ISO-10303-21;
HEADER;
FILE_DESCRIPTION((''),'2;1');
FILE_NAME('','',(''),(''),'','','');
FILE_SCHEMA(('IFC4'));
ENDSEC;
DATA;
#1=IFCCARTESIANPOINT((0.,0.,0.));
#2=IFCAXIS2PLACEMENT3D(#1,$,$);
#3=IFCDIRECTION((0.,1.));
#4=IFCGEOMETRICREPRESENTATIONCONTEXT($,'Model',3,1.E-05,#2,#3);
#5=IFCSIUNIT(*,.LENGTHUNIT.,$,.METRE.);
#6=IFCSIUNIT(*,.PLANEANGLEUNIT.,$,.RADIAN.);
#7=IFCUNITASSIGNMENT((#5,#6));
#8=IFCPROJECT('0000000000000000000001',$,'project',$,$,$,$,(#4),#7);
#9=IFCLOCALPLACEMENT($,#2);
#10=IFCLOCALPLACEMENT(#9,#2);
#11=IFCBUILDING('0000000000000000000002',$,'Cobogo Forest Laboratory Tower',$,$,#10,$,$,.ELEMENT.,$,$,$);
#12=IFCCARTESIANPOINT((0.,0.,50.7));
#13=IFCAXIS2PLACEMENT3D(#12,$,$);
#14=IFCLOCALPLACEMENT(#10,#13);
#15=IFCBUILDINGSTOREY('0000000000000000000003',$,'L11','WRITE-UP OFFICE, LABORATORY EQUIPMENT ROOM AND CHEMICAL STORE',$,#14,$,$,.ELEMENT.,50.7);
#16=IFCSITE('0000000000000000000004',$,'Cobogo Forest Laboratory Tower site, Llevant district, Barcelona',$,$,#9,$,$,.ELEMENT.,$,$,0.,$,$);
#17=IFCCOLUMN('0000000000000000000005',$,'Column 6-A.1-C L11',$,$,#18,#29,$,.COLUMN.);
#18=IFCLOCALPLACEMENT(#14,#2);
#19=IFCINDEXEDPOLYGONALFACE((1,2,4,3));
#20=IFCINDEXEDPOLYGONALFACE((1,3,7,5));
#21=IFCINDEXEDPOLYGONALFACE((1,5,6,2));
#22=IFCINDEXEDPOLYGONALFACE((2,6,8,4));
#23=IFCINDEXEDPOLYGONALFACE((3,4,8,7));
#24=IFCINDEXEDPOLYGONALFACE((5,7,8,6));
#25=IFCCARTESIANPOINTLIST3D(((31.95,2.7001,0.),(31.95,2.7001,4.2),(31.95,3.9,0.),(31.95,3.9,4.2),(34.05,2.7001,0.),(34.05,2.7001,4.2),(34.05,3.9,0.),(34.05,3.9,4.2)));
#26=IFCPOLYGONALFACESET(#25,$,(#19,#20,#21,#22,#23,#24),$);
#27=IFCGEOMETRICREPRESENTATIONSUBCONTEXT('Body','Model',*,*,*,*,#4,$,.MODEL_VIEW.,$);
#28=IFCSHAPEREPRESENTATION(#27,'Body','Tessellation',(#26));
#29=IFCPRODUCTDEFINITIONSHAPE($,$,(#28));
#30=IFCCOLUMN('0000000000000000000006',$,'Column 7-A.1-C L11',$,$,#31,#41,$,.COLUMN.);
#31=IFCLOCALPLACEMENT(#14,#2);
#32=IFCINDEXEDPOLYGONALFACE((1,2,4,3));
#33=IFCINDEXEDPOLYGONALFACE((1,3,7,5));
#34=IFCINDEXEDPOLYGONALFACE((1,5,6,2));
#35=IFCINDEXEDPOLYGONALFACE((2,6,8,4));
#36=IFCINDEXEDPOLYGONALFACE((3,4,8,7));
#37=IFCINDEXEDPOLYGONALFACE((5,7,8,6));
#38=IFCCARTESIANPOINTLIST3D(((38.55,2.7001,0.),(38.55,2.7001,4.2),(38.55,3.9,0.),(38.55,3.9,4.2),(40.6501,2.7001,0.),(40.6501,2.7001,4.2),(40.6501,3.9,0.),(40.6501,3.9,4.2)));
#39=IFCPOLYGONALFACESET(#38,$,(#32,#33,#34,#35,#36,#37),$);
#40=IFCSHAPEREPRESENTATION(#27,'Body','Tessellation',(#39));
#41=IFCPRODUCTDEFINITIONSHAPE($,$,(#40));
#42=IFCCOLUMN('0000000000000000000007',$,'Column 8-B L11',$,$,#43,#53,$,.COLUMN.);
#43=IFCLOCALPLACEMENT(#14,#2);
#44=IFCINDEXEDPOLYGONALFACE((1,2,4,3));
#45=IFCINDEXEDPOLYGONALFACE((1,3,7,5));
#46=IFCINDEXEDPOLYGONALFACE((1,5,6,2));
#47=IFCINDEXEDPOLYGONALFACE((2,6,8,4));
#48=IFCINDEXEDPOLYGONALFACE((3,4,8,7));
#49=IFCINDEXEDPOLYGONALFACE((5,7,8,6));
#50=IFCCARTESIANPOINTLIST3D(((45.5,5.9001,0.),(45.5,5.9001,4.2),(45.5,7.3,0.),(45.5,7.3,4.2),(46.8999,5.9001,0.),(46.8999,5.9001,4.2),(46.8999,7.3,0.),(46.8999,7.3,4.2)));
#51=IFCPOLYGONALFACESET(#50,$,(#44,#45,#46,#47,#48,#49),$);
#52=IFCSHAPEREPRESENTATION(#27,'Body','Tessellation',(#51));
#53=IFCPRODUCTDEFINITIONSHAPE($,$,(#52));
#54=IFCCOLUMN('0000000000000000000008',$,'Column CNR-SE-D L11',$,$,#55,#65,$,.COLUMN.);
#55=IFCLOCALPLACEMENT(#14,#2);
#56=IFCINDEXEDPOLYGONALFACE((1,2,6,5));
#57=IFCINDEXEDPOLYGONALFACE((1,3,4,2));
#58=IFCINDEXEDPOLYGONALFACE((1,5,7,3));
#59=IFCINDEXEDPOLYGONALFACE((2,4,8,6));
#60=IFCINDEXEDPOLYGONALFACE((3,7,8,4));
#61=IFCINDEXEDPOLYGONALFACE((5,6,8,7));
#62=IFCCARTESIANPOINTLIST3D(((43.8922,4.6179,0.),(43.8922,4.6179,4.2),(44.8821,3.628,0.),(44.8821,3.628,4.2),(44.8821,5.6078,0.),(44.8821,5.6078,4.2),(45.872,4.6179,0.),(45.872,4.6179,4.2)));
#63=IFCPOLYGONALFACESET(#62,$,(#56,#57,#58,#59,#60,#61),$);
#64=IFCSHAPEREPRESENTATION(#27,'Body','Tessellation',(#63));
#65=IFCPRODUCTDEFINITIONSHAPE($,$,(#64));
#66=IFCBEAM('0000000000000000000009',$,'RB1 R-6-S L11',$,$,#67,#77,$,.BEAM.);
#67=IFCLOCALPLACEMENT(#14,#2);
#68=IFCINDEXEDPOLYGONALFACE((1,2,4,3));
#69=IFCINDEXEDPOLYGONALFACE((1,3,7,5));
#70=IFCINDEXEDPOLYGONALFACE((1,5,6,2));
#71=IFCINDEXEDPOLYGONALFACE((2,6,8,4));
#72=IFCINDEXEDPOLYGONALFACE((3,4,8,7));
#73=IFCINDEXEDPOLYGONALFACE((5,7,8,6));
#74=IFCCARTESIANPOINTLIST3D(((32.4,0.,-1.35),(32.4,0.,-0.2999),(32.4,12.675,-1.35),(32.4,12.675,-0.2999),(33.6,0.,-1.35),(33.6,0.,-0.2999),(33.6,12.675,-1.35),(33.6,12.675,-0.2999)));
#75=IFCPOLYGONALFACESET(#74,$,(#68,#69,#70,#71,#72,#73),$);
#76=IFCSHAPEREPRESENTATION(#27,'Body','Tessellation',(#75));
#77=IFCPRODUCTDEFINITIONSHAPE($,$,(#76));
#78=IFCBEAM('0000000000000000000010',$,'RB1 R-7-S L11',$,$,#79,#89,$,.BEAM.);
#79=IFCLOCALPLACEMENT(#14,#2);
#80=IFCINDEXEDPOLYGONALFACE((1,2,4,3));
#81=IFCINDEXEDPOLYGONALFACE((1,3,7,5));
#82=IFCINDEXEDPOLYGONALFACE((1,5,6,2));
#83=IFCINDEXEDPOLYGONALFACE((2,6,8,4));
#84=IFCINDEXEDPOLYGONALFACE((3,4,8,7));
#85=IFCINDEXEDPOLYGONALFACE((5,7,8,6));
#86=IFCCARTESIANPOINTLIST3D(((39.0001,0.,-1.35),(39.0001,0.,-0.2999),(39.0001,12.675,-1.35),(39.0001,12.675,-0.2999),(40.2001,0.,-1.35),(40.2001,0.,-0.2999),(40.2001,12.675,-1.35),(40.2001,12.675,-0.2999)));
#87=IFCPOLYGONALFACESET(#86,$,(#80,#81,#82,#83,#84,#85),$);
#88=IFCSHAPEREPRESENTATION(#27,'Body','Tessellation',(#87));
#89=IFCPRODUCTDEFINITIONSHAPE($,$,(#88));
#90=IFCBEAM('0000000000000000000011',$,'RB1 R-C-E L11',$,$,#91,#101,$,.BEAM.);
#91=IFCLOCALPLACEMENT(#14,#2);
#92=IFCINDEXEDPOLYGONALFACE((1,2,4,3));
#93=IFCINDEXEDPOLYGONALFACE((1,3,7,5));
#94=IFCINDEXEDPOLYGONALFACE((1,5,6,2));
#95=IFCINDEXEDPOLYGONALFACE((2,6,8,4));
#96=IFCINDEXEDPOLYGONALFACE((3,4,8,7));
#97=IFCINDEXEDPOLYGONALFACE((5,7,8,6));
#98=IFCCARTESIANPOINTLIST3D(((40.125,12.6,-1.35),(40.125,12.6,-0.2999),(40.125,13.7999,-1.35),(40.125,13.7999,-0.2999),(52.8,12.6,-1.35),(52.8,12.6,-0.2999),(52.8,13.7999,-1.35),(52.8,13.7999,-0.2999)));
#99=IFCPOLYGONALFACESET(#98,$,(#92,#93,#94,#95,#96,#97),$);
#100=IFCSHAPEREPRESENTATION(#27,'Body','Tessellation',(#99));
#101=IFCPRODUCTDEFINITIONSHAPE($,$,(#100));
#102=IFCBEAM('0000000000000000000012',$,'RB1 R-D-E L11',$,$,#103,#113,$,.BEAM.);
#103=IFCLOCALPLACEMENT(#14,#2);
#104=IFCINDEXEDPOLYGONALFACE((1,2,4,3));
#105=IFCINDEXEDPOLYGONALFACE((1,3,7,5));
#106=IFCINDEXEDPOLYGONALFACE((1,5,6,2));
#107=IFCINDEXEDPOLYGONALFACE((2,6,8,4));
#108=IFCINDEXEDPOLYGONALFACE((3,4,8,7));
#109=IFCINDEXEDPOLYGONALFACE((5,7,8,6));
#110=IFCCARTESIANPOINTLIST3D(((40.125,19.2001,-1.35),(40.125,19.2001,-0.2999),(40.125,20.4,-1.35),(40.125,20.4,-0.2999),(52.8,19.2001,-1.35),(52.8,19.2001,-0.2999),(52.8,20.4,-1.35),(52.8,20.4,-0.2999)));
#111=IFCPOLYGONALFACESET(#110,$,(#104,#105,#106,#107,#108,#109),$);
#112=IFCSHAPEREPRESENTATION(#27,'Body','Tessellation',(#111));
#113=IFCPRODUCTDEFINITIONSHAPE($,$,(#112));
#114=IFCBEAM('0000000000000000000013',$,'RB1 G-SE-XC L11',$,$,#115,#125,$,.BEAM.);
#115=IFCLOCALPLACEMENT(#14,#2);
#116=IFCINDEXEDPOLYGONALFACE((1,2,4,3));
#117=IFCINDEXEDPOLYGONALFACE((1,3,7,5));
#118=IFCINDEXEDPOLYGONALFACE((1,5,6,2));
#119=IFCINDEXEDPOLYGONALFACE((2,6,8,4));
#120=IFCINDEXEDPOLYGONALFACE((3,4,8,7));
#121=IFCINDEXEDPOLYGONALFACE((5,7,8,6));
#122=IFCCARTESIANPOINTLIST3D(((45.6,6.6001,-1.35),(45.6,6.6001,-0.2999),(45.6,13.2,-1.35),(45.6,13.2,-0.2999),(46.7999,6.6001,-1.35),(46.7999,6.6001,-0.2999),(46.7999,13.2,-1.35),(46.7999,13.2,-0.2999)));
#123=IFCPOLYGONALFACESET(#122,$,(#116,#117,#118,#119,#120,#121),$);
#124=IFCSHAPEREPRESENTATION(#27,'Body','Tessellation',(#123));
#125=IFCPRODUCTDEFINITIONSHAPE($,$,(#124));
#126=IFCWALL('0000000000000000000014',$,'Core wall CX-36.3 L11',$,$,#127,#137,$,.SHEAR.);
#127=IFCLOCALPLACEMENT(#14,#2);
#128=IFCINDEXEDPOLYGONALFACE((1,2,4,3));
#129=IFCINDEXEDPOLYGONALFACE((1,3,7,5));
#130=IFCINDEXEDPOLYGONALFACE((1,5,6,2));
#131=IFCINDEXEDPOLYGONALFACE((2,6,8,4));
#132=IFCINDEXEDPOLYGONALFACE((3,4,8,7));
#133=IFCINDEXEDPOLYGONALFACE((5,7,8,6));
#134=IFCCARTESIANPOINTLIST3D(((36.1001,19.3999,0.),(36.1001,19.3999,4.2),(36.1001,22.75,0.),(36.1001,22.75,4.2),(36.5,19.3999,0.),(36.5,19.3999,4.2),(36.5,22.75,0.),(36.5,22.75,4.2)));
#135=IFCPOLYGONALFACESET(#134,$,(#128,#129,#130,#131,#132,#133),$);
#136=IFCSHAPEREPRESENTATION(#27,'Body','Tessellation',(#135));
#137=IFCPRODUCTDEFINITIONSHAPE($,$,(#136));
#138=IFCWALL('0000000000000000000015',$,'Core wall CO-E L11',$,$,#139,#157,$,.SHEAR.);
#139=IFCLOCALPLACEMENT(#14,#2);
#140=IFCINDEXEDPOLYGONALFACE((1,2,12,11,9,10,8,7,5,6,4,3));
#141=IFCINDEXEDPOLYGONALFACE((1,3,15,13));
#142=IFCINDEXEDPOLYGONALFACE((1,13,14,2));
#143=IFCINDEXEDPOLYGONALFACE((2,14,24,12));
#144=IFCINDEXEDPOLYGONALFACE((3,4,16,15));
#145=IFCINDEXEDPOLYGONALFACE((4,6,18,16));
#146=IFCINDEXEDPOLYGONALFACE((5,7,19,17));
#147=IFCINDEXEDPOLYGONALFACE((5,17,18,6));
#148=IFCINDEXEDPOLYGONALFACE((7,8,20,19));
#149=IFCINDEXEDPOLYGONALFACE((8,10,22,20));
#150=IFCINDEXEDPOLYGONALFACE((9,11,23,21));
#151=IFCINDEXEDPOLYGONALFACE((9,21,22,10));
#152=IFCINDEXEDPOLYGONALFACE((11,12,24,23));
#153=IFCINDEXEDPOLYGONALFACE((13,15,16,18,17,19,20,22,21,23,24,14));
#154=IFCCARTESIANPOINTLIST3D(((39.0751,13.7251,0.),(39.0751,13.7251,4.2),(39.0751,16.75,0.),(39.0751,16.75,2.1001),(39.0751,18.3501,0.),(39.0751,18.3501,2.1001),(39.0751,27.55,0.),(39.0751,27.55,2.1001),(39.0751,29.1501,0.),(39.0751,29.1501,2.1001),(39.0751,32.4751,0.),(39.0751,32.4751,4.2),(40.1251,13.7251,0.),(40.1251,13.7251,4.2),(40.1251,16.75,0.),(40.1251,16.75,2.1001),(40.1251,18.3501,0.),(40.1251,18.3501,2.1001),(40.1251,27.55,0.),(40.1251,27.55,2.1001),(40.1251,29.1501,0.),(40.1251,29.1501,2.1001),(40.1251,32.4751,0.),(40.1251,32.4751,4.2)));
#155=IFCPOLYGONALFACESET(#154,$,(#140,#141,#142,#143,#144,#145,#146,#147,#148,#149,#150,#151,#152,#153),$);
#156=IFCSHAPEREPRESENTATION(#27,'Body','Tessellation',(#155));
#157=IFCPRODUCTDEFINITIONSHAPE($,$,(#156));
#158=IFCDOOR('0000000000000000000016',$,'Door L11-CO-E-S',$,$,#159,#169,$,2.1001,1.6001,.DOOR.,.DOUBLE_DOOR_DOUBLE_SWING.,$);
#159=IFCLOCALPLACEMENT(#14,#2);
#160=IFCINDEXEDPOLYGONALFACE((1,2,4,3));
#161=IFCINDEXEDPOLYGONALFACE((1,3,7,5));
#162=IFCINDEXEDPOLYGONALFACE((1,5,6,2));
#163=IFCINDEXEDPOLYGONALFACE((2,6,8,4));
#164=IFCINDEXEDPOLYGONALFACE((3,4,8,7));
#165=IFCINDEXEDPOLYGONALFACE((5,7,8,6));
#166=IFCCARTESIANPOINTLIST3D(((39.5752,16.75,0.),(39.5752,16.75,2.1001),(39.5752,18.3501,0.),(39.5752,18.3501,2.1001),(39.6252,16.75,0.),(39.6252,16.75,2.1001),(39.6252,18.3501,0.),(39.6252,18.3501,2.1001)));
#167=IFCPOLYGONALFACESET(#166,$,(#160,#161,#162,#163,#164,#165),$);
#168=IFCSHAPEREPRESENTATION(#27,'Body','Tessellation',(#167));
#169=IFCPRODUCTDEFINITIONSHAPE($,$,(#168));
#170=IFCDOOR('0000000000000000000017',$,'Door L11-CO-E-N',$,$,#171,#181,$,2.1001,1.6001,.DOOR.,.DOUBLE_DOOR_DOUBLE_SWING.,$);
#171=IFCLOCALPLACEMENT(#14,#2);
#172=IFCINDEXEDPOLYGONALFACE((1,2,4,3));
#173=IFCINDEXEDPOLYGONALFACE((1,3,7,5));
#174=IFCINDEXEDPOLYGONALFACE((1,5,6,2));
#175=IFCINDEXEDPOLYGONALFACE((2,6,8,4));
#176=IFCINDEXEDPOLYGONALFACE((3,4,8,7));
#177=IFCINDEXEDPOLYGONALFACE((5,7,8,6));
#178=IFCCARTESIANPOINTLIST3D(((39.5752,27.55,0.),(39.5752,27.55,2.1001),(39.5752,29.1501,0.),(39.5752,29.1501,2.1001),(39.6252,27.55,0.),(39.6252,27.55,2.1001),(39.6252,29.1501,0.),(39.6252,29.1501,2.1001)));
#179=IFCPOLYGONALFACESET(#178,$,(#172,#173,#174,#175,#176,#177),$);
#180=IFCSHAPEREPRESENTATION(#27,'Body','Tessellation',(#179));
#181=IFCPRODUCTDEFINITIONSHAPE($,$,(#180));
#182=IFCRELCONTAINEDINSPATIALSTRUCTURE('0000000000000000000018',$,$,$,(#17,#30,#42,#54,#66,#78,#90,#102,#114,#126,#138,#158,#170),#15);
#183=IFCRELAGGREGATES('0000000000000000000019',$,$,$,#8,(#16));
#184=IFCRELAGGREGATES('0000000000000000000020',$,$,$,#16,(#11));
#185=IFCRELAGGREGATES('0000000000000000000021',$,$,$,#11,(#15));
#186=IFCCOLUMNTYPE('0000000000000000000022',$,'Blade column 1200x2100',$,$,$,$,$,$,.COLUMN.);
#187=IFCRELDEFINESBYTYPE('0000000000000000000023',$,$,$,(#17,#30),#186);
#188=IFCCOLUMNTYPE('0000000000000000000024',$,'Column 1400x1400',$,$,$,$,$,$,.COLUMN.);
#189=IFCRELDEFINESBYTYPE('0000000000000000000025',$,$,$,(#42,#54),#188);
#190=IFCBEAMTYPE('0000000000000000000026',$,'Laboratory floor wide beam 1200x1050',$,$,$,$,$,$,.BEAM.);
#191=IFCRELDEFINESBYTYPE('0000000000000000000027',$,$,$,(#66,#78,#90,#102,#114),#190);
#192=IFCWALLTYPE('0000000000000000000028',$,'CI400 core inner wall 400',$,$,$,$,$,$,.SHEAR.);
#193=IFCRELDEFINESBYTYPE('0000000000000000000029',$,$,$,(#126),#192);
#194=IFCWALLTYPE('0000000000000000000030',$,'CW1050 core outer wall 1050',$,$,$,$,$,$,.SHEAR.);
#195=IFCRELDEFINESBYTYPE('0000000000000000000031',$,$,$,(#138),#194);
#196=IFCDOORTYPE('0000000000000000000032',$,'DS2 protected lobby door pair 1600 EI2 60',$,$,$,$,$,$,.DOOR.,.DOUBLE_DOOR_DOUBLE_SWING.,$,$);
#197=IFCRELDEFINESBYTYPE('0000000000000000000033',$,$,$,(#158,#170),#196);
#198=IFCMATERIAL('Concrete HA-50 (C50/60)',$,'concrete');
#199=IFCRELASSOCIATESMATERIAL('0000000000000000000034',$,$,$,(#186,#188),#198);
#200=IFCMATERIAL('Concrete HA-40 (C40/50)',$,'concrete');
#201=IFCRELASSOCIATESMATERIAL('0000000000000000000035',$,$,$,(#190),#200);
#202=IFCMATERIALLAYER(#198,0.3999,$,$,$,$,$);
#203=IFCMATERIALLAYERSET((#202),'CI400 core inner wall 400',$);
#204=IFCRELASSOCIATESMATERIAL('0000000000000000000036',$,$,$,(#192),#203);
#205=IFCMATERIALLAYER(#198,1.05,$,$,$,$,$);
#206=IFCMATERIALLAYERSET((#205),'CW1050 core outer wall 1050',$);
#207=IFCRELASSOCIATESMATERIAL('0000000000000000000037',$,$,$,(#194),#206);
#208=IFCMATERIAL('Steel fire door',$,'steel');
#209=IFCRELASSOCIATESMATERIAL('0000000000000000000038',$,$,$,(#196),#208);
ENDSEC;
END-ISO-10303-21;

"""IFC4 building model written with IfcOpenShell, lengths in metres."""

from ifc_helpers import new_model, si_unit, direction, frame, frame_2d, origin, origin_2d, place, context, subcontext, project, spatial, rectangle, extrude, material, layer, layer_set, material_profile, profile_set, type_object, element, fill, save


model = new_model("IFC4")

# Units and contexts
model_context = context("Model", 3, precision=1e-05, world=origin(), true_north=direction((0.0, 1.0)))
body_context = subcontext(model_context, "Body", "Model", "MODEL_VIEW")
ifc_project = project(units=[si_unit("LENGTHUNIT", "METRE"), si_unit("PLANEANGLEUNIT", "RADIAN")], contexts=[model_context])

# Site, building, storey
site_placement = place(None, origin())
site = spatial("IfcSite", under=ifc_project, at=site_placement, Name="Cobogo Forest Laboratory Tower site, Llevant district, Barcelona", CompositionType="ELEMENT", RefElevation=0.0)
building_placement = place(site_placement, origin())
building = spatial("IfcBuilding", under=site, at=building_placement, Name="Cobogo Forest Laboratory Tower", CompositionType="ELEMENT")
storey_placement = place(building_placement, frame((0.0, 0.0, 50.7)))
storey = spatial("IfcBuildingStorey", under=building, at=storey_placement, Name="L11", Description="WRITE-UP OFFICE, LABORATORY EQUIPMENT ROOM AND CHEMICAL STORE", CompositionType="ELEMENT", Elevation=50.7)

# Columns
ifc_material_1 = material(Name="Concrete HA-50 (C50/60)", Category="concrete")
ifc_material_profile_1 = material_profile(ifc_material_1, rectangle(XDim=2.1001, YDim=1.2, at=origin_2d()), Name="RC 1200x2100")
ifc_profile_set_1 = profile_set([ifc_material_profile_1], Name="Concrete HA-50 (C50/60)")
column_type_1 = type_object("IfcColumnType", Name="Blade column 1200x2100", PredefinedType="COLUMN", material=ifc_profile_set_1)
for number, where, z_axis, x_axis, name in (
    (1, (33.0, 3.3, 0.0), (0.0, 0.0, 1.0), (1.0, 0.0, 0.0), "Column 6-A.1-C L11"),
    (2, (39.6001, 3.3, 0.0), (0.0, 0.0, 1.0), (1.0, 0.0, 0.0), "Column 7-A.1-C L11"),
):
    element("IfcColumn", number, at=place(storey_placement, frame(where, z_axis=z_axis, x_axis=x_axis)), inside=storey, type_object=column_type_1, Name=name, PredefinedType="COLUMN", context=body_context, shape_type="SweptSolid", body=[
        extrude(rectangle(XDim=2.1001, YDim=1.2, at=origin_2d()), origin(), (0.0, 0.0, 1.0), 4.2),
    ])
ifc_material_profile_2 = material_profile(ifc_material_1, rectangle(XDim=1.3999, YDim=1.3999, at=origin_2d()), Name="RC 1400x1400")
ifc_profile_set_2 = profile_set([ifc_material_profile_2], Name="Concrete HA-50 (C50/60)")
column_type_2 = type_object("IfcColumnType", Name="Column 1400x1400", PredefinedType="COLUMN", material=ifc_profile_set_2)
for number, where, z_axis, x_axis, name in (
    (3, (46.2, 6.6001, 0.0), (0.0, 0.0, 1.0), (1.0, 0.0, 0.0), "Column 8-B L11"),
    (4, (44.8821, 4.6179, 0.0), (0.0, 0.0, 1.0), (0.707107, 0.707107, 0.0), "Column CNR-SE-D L11"),
):
    element("IfcColumn", number, at=place(storey_placement, frame(where, z_axis=z_axis, x_axis=x_axis)), inside=storey, type_object=column_type_2, Name=name, PredefinedType="COLUMN", context=body_context, shape_type="SweptSolid", body=[
        extrude(rectangle(XDim=1.3999, YDim=1.3999, at=origin_2d()), origin(), (0.0, 0.0, 1.0), 4.2),
    ])

# Beams
ifc_material_2 = material(Name="Concrete HA-40 (C40/50)", Category="concrete")
ifc_material_profile_3 = material_profile(ifc_material_2, rectangle(XDim=1.2, YDim=1.05, at=origin_2d()), Name="RC 1200x1050")
ifc_profile_set_3 = profile_set([ifc_material_profile_3], Name="Concrete HA-40 (C40/50)")
beam_type = type_object("IfcBeamType", Name="Laboratory floor wide beam 1200x1050", PredefinedType="BEAM", material=ifc_profile_set_3)
for number, where, z_axis, x_axis, name in (
    (5, (33.0, 12.675, -0.825), (0.0, -1.0, 0.0), (1.0, 0.0, 0.0), "RB1 R-6-S L11"),
    (6, (39.6001, 12.675, -0.825), (0.0, -1.0, 0.0), (1.0, 0.0, 0.0), "RB1 R-7-S L11"),
    (7, (40.125, 13.2, -0.825), (1.0, 0.0, 0.0), (0.0, 1.0, 0.0), "RB1 R-C-E L11"),
    (8, (40.125, 19.8, -0.825), (1.0, 0.0, 0.0), (0.0, 1.0, 0.0), "RB1 R-D-E L11"),
):
    element("IfcBeam", number, at=place(storey_placement, frame(where, z_axis=z_axis, x_axis=x_axis)), inside=storey, type_object=beam_type, Name=name, PredefinedType="BEAM", context=body_context, shape_type="SweptSolid", body=[
        extrude(rectangle(XDim=1.2, YDim=1.05, at=origin_2d()), origin(), (0.0, 0.0, 1.0), 12.675),
    ])
beam_placement = place(storey_placement, frame((46.2, 6.6001, -0.825), z_axis=(0.0, 1.0, 0.0), x_axis=(-1.0, 0.0, 0.0)))
element("IfcBeam", 9, at=beam_placement, inside=storey, type_object=beam_type, Name="RB1 G-SE-XC L11", PredefinedType="BEAM", context=body_context, shape_type="SweptSolid", body=[
    extrude(rectangle(XDim=1.2, YDim=1.05, at=origin_2d()), origin(), (0.0, 0.0, 1.0), 6.5999),
])

# Wall
ifc_layer_1 = layer(ifc_material_1, 0.3999)
ifc_layer_set_1 = layer_set([ifc_layer_1], Name="CI400 core inner wall 400")
wall_type_1 = type_object("IfcWallType", Name="CI400 core inner wall 400", PredefinedType="SHEAR", material=ifc_layer_set_1)
wall_1_placement = place(storey_placement, frame((36.3, 19.3999, 0.0), z_axis=(0.0, 0.0, 1.0), x_axis=(0.0, 1.0, 0.0)))
element("IfcWall", 10, at=wall_1_placement, inside=storey, type_object=wall_type_1, Name="Core wall CX-36.3 L11", PredefinedType="SHEAR", context=body_context, shape_type="SweptSolid", body=[
    extrude(rectangle(XDim=3.3501, YDim=0.3999, at=frame_2d((1.675, 0.0))), origin(), (0.0, 0.0, 1.0), 4.2),
])

# Wall, openings, doors
ifc_layer_2 = layer(ifc_material_1, 1.05)
ifc_layer_set_2 = layer_set([ifc_layer_2], Name="CW1050 core outer wall 1050")
wall_type_2 = type_object("IfcWallType", Name="CW1050 core outer wall 1050", PredefinedType="SHEAR", material=ifc_layer_set_2)
wall_2_placement = place(storey_placement, frame((39.6001, 13.7251, 0.0), z_axis=(0.0, 0.0, 1.0), x_axis=(0.0, 1.0, 0.0)))
wall_2 = element("IfcWall", 11, at=wall_2_placement, inside=storey, type_object=wall_type_2, Name="Core wall CO-E L11", PredefinedType="SHEAR", context=body_context, shape_type="SweptSolid", body=[
    extrude(rectangle(XDim=18.75, YDim=1.05, at=frame_2d((9.375, 0.0))), origin(), (0.0, 0.0, 1.0), 4.2),
])
opening_1_placement = place(wall_2_placement, frame((3.0249, 0.0, 0.0)))
opening_1 = element("IfcOpeningElement", 12, at=opening_1_placement, cuts=wall_2, PredefinedType="OPENING", context=body_context, shape_type="SweptSolid", body=[
    extrude(rectangle(XDim=1.6001, YDim=2.1001, at=frame_2d((0.8, 1.05))), frame((0.0, 0.5349, 0.0), z_axis=(0.0, -1.0, 0.0), x_axis=(1.0, 0.0, 0.0)), (0.0, 0.0, 1.0), 1.0701),
])
opening_2_placement = place(wall_2_placement, frame((13.825, 0.0, 0.0)))
opening_2 = element("IfcOpeningElement", 13, at=opening_2_placement, cuts=wall_2, PredefinedType="OPENING", context=body_context, shape_type="SweptSolid", body=[
    extrude(rectangle(XDim=1.6001, YDim=2.1001, at=frame_2d((0.8, 1.05))), frame((0.0, 0.5349, 0.0), z_axis=(0.0, -1.0, 0.0), x_axis=(1.0, 0.0, 0.0)), (0.0, 0.0, 1.0), 1.0701),
])
ifc_material_3 = material(Name="Steel fire door", Category="steel")
door_type_1 = type_object("IfcDoorType", Name="DS2 protected lobby door pair 1600 EI2 60", OperationType="DOUBLE_DOOR_DOUBLE_SWING", PredefinedType="DOOR", material=ifc_material_3)
door_1_placement = place(opening_1_placement, origin())
door_1 = element("IfcDoor", 14, at=door_1_placement, inside=storey, type_object=door_type_1, Name="Door L11-CO-E-S", OperationType="DOUBLE_DOOR_DOUBLE_SWING", OverallHeight=2.1001, OverallWidth=1.6001, PredefinedType="DOOR", context=body_context, shape_type="SweptSolid", body=[
    extrude(rectangle(XDim=1.6001, YDim=2.1001, at=frame_2d((0.8, 1.05))), frame((0.0, 0.0249, 0.0), z_axis=(0.0, -1.0, 0.0), x_axis=(1.0, 0.0, 0.0)), (0.0, 0.0, 1.0), 0.05),
])
fill(opening_1, door_1)
door_2_placement = place(opening_2_placement, origin())
door_2 = element("IfcDoor", 15, at=door_2_placement, inside=storey, type_object=door_type_1, Name="Door L11-CO-E-N", OperationType="DOUBLE_DOOR_DOUBLE_SWING", OverallHeight=2.1001, OverallWidth=1.6001, PredefinedType="DOOR", context=body_context, shape_type="SweptSolid", body=[
    extrude(rectangle(XDim=1.6001, YDim=2.1001, at=frame_2d((0.8, 1.05))), frame((0.0, 0.0249, 0.0), z_axis=(0.0, -1.0, 0.0), x_axis=(1.0, 0.0, 0.0)), (0.0, 0.0, 1.0), 0.05),
])
fill(opening_2, door_2)

save(model, "model.ifc")
